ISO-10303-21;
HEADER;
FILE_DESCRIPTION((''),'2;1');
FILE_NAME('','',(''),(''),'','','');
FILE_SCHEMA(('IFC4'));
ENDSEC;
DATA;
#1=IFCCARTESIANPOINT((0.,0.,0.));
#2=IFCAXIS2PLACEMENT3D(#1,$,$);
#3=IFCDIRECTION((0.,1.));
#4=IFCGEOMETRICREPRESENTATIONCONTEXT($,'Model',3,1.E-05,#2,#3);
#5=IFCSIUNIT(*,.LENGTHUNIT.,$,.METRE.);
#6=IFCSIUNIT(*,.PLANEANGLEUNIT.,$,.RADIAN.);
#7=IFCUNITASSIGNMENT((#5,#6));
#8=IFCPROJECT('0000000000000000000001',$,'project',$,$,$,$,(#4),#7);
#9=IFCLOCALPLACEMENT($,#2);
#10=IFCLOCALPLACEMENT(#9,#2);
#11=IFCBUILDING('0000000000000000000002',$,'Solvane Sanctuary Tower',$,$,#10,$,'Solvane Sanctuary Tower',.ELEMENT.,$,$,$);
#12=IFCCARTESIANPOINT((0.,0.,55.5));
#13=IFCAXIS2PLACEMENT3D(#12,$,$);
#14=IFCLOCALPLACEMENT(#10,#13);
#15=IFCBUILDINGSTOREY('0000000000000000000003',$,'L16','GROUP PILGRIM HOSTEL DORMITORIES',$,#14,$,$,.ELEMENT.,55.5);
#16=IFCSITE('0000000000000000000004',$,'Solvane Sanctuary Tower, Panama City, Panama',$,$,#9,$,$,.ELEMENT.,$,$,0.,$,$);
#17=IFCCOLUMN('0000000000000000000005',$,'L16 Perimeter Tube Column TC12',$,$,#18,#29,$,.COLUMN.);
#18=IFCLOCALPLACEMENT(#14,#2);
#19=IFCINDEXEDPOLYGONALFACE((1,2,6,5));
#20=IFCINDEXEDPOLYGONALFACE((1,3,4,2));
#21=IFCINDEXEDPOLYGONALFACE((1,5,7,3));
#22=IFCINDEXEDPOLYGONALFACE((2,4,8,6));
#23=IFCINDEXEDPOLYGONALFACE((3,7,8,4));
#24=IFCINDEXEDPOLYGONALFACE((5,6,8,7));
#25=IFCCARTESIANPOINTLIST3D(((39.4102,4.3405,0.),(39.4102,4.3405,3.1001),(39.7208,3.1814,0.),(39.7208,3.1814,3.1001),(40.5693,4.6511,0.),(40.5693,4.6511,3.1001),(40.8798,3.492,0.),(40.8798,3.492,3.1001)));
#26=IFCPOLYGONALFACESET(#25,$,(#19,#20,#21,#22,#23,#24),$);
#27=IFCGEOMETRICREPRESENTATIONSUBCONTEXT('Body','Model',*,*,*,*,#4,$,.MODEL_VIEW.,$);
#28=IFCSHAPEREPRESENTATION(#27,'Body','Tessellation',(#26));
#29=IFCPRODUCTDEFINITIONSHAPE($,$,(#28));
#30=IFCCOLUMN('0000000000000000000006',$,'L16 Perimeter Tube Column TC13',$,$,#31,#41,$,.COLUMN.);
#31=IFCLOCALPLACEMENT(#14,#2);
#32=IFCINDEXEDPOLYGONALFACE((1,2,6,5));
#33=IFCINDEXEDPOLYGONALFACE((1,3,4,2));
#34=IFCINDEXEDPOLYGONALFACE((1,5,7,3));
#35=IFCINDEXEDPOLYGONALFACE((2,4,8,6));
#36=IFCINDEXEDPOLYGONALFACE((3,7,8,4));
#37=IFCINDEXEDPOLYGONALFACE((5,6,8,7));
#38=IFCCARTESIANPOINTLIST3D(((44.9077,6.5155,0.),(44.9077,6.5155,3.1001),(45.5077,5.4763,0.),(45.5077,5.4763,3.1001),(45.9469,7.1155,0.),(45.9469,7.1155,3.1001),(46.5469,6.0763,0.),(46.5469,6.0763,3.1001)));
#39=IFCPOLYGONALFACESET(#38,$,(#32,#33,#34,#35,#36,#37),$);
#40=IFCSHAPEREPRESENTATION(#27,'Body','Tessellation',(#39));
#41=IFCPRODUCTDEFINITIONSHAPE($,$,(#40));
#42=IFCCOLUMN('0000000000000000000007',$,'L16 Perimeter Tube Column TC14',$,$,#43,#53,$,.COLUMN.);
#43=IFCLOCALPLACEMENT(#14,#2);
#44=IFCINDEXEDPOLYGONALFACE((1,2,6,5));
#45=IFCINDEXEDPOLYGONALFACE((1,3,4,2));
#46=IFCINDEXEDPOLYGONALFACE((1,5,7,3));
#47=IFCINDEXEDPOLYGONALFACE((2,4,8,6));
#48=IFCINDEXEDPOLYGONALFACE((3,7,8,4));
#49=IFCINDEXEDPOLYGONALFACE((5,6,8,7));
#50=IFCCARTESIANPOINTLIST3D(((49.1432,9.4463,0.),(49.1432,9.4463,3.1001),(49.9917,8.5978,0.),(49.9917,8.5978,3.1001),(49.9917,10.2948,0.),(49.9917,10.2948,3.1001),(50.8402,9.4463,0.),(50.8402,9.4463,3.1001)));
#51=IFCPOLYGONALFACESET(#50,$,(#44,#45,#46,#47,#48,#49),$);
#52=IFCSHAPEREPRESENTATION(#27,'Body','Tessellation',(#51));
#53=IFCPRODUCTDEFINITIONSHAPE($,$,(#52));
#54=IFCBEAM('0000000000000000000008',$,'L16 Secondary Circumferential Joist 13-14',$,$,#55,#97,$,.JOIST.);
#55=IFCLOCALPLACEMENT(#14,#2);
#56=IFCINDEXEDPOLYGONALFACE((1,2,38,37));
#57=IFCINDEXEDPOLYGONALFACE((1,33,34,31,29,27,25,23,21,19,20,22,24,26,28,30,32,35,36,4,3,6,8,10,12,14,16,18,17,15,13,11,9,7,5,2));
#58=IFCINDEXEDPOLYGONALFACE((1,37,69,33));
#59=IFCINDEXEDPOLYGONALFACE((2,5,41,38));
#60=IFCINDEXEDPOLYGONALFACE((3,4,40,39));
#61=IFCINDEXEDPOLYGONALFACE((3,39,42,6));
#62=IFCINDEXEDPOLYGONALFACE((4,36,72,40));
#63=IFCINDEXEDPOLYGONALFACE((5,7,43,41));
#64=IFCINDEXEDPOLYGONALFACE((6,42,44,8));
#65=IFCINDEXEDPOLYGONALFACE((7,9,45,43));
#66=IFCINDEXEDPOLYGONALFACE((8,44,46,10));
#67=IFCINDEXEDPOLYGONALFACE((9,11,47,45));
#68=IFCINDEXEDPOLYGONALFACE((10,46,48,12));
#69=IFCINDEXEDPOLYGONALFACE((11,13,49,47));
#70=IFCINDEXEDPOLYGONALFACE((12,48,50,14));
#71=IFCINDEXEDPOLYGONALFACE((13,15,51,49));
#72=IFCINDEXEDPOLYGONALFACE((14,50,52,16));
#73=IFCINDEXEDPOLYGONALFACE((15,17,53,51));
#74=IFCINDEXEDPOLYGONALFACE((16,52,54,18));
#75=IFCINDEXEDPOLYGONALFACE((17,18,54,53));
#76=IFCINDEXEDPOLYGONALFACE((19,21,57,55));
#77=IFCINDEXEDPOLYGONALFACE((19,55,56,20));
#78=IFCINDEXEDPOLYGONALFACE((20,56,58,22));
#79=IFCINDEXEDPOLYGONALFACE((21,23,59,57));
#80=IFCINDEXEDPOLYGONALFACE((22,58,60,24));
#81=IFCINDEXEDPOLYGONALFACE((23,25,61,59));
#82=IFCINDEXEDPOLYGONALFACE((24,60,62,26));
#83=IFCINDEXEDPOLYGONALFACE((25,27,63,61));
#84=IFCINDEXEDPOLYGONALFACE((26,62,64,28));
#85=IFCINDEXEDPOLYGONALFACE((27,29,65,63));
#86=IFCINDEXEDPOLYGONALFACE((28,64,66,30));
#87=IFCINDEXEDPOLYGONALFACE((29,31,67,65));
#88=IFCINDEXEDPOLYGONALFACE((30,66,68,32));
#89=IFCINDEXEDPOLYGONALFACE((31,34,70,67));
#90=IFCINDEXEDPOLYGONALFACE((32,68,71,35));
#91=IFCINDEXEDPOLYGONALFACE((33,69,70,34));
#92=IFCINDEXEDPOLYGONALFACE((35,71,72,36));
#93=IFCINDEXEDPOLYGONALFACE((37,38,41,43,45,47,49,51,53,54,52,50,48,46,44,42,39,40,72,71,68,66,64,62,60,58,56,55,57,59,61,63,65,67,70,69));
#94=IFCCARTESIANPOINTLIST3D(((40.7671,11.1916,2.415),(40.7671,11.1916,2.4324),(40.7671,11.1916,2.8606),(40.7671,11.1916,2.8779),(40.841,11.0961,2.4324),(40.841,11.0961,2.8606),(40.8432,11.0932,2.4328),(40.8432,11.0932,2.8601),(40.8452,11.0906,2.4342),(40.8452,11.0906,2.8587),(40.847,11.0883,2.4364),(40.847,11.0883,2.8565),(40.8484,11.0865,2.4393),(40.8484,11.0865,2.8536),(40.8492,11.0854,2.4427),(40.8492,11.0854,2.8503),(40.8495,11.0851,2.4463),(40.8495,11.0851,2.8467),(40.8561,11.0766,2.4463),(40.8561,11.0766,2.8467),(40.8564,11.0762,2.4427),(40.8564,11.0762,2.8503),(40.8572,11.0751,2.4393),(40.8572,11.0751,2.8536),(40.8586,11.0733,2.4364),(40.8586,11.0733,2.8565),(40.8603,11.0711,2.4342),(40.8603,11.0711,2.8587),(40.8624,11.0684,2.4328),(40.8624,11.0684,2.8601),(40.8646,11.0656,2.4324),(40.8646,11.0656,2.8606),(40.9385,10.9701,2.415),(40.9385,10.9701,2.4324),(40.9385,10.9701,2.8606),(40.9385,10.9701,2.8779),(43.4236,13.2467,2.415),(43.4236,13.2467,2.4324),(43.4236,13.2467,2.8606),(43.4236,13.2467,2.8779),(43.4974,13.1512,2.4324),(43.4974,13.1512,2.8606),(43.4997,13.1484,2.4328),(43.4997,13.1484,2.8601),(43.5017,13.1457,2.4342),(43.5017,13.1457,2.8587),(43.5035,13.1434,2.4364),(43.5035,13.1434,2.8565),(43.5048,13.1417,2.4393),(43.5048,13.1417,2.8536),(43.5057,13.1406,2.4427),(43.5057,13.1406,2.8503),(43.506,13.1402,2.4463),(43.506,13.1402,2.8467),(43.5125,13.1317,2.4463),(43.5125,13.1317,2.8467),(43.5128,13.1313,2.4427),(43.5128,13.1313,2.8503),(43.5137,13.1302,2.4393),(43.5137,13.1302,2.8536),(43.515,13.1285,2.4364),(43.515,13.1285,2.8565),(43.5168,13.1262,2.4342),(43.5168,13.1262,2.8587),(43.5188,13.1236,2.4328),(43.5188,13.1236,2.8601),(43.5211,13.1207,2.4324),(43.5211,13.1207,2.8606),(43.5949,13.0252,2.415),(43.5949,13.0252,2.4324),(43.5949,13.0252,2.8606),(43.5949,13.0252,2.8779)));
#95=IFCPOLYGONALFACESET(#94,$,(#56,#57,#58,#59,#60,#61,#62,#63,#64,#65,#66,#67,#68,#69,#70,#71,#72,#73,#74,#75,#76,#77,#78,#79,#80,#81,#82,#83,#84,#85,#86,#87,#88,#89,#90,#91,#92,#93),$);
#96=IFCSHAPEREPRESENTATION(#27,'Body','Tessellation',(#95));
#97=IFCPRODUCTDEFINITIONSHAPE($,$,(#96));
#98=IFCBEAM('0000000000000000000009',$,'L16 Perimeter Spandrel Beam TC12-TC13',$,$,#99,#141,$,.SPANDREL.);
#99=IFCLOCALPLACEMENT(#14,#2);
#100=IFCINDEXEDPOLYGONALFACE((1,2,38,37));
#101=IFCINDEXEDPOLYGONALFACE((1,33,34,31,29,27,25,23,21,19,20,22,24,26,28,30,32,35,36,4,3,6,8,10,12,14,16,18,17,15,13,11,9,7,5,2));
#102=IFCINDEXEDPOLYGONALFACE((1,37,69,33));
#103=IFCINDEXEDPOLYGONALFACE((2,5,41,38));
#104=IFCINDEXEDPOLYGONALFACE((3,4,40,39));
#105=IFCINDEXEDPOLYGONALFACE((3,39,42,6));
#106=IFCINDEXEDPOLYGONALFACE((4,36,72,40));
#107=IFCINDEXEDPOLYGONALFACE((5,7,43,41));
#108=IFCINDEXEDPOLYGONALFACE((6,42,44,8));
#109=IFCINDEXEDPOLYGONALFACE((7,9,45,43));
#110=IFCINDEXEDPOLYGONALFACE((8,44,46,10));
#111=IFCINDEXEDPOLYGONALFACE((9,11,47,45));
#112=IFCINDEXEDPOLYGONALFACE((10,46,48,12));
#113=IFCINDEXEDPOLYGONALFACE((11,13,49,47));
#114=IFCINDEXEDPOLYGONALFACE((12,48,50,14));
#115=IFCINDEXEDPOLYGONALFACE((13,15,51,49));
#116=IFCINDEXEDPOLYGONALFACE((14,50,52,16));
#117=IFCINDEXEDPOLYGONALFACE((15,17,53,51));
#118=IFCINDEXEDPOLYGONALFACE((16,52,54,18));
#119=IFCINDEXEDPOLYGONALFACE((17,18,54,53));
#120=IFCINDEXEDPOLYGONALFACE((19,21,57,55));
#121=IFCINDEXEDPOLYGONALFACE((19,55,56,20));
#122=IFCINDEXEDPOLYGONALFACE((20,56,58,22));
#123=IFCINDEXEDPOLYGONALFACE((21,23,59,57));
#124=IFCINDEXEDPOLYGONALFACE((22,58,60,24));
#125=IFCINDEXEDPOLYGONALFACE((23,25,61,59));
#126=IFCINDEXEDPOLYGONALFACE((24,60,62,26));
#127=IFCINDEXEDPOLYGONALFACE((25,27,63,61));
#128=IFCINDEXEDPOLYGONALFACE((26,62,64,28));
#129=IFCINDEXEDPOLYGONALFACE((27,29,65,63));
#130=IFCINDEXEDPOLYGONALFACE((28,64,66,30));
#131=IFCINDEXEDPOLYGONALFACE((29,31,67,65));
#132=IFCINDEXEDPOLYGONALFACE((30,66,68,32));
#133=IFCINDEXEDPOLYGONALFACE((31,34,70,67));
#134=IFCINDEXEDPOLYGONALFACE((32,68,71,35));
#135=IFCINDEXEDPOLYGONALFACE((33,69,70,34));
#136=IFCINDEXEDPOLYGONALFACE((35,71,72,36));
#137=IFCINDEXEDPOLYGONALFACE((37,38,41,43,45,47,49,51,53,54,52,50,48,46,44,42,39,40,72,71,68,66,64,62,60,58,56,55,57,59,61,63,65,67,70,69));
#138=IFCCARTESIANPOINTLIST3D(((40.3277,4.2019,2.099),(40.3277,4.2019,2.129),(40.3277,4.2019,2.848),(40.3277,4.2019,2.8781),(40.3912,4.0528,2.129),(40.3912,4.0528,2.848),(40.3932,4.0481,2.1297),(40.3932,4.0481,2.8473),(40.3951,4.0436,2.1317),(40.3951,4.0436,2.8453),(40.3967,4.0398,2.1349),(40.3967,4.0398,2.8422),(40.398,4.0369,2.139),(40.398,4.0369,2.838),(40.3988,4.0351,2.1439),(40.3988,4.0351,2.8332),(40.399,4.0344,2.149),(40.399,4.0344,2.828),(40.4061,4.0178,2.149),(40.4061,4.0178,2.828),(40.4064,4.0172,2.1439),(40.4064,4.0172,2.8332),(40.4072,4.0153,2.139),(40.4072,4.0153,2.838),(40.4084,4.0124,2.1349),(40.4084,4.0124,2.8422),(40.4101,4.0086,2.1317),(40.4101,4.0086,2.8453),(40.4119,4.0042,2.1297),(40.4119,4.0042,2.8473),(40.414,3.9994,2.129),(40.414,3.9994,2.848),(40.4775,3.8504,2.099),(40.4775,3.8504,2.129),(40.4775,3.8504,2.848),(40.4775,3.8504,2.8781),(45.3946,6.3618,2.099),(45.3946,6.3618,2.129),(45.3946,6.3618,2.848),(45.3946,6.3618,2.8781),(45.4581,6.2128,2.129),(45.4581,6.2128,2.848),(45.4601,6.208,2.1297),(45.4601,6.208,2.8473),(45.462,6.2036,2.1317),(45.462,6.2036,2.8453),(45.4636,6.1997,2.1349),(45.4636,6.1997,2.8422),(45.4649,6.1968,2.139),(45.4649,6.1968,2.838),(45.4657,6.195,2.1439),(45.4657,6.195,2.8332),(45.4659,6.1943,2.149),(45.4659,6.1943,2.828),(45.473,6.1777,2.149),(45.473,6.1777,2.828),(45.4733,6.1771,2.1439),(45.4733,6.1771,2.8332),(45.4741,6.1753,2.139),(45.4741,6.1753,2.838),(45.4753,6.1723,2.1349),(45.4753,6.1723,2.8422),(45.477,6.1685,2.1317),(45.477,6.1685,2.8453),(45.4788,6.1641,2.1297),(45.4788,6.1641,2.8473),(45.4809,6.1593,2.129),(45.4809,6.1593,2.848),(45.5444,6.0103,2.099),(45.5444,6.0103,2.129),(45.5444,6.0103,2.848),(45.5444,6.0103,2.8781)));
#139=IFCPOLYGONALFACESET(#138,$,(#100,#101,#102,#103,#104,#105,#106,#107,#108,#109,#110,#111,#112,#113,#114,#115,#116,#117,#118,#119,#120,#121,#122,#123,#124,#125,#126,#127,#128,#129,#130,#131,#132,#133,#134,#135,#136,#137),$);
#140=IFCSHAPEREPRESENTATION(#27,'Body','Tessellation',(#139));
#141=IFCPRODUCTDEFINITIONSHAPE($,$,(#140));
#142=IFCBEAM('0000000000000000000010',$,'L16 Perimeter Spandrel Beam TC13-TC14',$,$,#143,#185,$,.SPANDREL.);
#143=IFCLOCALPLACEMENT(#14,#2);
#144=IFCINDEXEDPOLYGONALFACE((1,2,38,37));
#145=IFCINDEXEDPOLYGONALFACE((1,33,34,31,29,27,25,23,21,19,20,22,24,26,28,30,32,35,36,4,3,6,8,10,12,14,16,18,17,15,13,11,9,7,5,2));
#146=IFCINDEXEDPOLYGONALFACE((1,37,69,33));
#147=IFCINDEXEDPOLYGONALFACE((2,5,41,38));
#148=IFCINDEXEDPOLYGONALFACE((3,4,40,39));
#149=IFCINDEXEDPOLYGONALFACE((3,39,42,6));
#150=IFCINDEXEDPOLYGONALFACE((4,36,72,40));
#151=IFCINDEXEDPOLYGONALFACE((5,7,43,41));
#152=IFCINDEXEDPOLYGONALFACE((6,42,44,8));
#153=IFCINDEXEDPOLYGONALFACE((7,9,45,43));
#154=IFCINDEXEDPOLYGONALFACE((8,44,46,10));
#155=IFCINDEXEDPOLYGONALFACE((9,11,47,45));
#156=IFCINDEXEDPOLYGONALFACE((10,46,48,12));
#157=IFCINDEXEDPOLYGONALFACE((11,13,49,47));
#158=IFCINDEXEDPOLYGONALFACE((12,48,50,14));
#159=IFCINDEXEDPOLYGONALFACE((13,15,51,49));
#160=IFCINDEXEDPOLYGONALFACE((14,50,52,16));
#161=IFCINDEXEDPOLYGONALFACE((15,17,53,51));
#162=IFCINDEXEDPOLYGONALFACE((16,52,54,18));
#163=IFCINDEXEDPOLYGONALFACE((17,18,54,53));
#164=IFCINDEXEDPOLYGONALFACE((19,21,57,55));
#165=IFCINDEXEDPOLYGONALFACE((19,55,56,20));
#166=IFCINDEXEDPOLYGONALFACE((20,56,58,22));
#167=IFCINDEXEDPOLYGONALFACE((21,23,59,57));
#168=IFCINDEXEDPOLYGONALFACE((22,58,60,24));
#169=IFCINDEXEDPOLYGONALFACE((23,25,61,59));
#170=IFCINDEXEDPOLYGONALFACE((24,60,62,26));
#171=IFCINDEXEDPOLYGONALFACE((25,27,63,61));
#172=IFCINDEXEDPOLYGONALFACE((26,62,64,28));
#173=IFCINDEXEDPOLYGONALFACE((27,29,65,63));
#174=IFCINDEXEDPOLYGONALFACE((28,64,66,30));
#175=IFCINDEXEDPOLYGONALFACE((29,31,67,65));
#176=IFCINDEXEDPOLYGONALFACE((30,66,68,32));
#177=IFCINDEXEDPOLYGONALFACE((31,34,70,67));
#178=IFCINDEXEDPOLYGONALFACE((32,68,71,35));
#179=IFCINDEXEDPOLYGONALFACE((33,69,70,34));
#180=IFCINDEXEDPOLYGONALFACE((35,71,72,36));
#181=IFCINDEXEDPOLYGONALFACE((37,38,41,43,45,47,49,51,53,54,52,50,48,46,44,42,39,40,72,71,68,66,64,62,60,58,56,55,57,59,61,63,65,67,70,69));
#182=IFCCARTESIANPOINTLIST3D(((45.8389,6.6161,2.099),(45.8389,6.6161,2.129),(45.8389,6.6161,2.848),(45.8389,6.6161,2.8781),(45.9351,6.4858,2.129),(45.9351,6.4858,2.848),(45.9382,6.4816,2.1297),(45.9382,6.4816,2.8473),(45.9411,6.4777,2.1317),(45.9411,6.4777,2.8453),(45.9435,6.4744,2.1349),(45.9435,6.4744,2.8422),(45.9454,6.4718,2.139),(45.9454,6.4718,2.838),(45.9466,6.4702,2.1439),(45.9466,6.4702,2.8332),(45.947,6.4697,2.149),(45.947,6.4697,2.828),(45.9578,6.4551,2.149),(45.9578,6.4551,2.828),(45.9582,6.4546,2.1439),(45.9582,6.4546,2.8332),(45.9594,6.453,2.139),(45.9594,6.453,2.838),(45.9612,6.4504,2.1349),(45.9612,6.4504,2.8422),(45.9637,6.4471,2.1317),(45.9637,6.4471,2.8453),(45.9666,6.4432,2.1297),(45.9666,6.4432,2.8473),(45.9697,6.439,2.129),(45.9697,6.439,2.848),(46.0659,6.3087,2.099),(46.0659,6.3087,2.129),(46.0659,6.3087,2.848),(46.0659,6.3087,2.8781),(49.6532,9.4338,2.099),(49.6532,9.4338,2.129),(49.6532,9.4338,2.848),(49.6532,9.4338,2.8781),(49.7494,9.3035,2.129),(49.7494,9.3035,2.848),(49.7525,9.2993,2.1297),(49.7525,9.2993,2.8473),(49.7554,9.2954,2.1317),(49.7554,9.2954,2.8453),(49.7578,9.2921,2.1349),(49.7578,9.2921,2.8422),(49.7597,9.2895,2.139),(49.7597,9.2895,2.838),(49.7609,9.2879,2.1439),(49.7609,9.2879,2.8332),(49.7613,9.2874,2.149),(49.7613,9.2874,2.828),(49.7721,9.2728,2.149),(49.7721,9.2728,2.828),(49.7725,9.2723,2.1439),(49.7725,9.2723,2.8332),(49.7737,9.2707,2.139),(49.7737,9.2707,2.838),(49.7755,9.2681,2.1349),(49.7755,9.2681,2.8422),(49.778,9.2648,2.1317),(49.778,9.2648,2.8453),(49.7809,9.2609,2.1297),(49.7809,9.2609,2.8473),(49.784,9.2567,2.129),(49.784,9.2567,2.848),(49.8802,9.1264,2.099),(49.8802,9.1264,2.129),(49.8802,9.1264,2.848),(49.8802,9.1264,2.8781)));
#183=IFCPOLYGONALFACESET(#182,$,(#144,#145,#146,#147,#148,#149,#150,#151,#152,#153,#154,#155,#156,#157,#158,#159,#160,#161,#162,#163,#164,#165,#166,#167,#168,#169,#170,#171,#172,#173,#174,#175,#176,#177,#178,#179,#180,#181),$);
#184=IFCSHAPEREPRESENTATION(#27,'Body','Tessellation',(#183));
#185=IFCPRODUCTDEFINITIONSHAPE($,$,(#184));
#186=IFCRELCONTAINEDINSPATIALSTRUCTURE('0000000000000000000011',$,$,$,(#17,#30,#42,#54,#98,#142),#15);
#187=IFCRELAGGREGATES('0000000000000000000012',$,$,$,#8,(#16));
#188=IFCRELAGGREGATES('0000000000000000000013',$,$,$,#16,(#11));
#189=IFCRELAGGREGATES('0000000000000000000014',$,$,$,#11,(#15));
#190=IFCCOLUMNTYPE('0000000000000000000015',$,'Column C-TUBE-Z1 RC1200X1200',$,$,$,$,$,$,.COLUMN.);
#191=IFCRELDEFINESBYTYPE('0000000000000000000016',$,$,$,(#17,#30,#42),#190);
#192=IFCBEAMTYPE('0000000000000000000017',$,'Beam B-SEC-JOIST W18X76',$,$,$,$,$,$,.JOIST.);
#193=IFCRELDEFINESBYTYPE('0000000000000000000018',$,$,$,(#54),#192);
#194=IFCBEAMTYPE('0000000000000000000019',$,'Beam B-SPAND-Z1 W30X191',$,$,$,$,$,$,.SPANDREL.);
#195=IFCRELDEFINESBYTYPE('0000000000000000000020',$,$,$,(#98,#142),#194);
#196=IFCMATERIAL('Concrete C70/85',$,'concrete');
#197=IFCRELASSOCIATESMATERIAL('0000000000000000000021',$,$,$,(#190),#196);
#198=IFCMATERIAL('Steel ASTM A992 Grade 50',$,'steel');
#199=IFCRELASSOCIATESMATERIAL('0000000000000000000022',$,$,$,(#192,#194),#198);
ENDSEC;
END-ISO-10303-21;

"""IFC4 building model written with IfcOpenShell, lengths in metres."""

from ifc_helpers import new_model, si_unit, direction, frame, origin, origin_2d, place, context, subcontext, project, spatial, rectangle, i_section, extrude, material, material_profile, profile_set, type_object, element, save


model = new_model("IFC4")

# Units and contexts
model_context = context("Model", 3, precision=1e-05, world=origin(), true_north=direction((0.0, 1.0)))
body_context = subcontext(model_context, "Body", "Model", "MODEL_VIEW")
ifc_project = project(units=[si_unit("LENGTHUNIT", "METRE"), si_unit("PLANEANGLEUNIT", "RADIAN")], contexts=[model_context])

# Site, building, storey
site_placement = place(None, origin())
site = spatial("IfcSite", under=ifc_project, at=site_placement, Name="Solvane Sanctuary Tower, Panama City, Panama", CompositionType="ELEMENT", RefElevation=0.0)
building_placement = place(site_placement, origin())
building = spatial("IfcBuilding", under=site, at=building_placement, Name="Solvane Sanctuary Tower", LongName="Solvane Sanctuary Tower", CompositionType="ELEMENT")
storey_placement = place(building_placement, frame((0.0, 0.0, 55.5)))
storey = spatial("IfcBuildingStorey", under=building, at=storey_placement, Name="L16", Description="GROUP PILGRIM HOSTEL DORMITORIES", CompositionType="ELEMENT", Elevation=55.5)

# Columns
ifc_material_1 = material(Name="Concrete C70/85", Category="concrete")
ifc_material_profile_1 = material_profile(ifc_material_1, rectangle(XDim=1.2, YDim=1.2, at=origin_2d()), Name="RC1200X1200")
ifc_profile_set_1 = profile_set([ifc_material_profile_1], Name="Concrete C70/85")
column_type = type_object("IfcColumnType", Name="Column C-TUBE-Z1 RC1200X1200", PredefinedType="COLUMN", material=ifc_profile_set_1)
for number, where, z_axis, x_axis, name in (
    (1, (40.145, 3.9163, 0.0), (0.0, 0.0, 1.0), (0.258819, -0.965926, 0.0), "L16 Perimeter Tube Column TC12"),
    (2, (45.7273, 6.2959, 0.0), (0.0, 0.0, 1.0), (0.5, -0.866025, 0.0), "L16 Perimeter Tube Column TC13"),
    (3, (49.9917, 9.4463, 0.0), (0.0, 0.0, 1.0), (0.707107, -0.707107, 0.0), "L16 Perimeter Tube Column TC14"),
):
    element("IfcColumn", number, at=place(storey_placement, frame(where, z_axis=z_axis, x_axis=x_axis)), inside=storey, type_object=column_type, Name=name, PredefinedType="COLUMN", context=body_context, shape_type="SweptSolid", body=[
        extrude(rectangle(XDim=1.2, YDim=1.2, at=origin_2d()), origin(), (0.0, 0.0, 1.0), 3.1001),
    ])

# Beams
ifc_material_2 = material(Name="Steel ASTM A992 Grade 50", Category="steel")
ifc_material_profile_2 = material_profile(ifc_material_2, i_section(OverallWidth=0.28, OverallDepth=0.4629, WebThickness=0.0107, FlangeThickness=0.0173, FilletRadius=0.0139, at=origin_2d()), Name="W18X76")
ifc_profile_set_2 = profile_set([ifc_material_profile_2], Name="Steel ASTM A992 Grade 50")
beam_type_1 = type_object("IfcBeamType", Name="Beam B-SEC-JOIST W18X76", PredefinedType="JOIST", material=ifc_profile_set_2)
beam_1_placement = place(storey_placement, frame((40.8528, 11.0808, 2.6465), z_axis=(0.790935, 0.6119, 0.0), x_axis=(-0.6119, 0.790935, 0.0)))
element("IfcBeam", 4, at=beam_1_placement, inside=storey, type_object=beam_type_1, Name="L16 Secondary Circumferential Joist 13-14", PredefinedType="JOIST", context=body_context, shape_type="SweptSolid", body=[
    extrude(i_section(OverallWidth=0.28, OverallDepth=0.4629, WebThickness=0.0107, FlangeThickness=0.0173, FilletRadius=0.0139, at=origin_2d()), origin(), (0.0, 0.0, 1.0), 3.3586),
])
ifc_material_profile_3 = material_profile(ifc_material_2, i_section(OverallWidth=0.3821, OverallDepth=0.7791, WebThickness=0.0181, FlangeThickness=0.03, FilletRadius=0.02, at=origin_2d()), Name="W30X191")
ifc_profile_set_3 = profile_set([ifc_material_profile_3], Name="Steel ASTM A992 Grade 50")
beam_type_2 = type_object("IfcBeamType", Name="Beam B-SPAND-Z1 W30X191", PredefinedType="SPANDREL", material=ifc_profile_set_3)
beam_2_placement = place(storey_placement, frame((40.4026, 4.0261, 2.4885), z_axis=(0.919907, 0.392137, 0.0), x_axis=(-0.392137, 0.919907, 0.0)))
element("IfcBeam", 5, at=beam_2_placement, inside=storey, type_object=beam_type_2, Name="L16 Perimeter Spandrel Beam TC12-TC13", PredefinedType="SPANDREL", context=body_context, shape_type="SweptSolid", body=[
    extrude(i_section(OverallWidth=0.3821, OverallDepth=0.7791, WebThickness=0.0181, FlangeThickness=0.03, FilletRadius=0.02, at=origin_2d()), origin(), (0.0, 0.0, 1.0), 5.5081),
])
beam_3_placement = place(storey_placement, frame((45.9524, 6.4624, 2.4885), z_axis=(0.804334, 0.594177, 0.0), x_axis=(-0.594177, 0.804334, 0.0)))
element("IfcBeam", 6, at=beam_3_placement, inside=storey, type_object=beam_type_2, Name="L16 Perimeter Spandrel Beam TC13-TC14", PredefinedType="SPANDREL", context=body_context, shape_type="SweptSolid", body=[
    extrude(i_section(OverallWidth=0.3821, OverallDepth=0.7791, WebThickness=0.0181, FlangeThickness=0.03, FilletRadius=0.02, at=origin_2d()), origin(), (0.0, 0.0, 1.0), 4.7422),
])

save(model, "model.ifc")
